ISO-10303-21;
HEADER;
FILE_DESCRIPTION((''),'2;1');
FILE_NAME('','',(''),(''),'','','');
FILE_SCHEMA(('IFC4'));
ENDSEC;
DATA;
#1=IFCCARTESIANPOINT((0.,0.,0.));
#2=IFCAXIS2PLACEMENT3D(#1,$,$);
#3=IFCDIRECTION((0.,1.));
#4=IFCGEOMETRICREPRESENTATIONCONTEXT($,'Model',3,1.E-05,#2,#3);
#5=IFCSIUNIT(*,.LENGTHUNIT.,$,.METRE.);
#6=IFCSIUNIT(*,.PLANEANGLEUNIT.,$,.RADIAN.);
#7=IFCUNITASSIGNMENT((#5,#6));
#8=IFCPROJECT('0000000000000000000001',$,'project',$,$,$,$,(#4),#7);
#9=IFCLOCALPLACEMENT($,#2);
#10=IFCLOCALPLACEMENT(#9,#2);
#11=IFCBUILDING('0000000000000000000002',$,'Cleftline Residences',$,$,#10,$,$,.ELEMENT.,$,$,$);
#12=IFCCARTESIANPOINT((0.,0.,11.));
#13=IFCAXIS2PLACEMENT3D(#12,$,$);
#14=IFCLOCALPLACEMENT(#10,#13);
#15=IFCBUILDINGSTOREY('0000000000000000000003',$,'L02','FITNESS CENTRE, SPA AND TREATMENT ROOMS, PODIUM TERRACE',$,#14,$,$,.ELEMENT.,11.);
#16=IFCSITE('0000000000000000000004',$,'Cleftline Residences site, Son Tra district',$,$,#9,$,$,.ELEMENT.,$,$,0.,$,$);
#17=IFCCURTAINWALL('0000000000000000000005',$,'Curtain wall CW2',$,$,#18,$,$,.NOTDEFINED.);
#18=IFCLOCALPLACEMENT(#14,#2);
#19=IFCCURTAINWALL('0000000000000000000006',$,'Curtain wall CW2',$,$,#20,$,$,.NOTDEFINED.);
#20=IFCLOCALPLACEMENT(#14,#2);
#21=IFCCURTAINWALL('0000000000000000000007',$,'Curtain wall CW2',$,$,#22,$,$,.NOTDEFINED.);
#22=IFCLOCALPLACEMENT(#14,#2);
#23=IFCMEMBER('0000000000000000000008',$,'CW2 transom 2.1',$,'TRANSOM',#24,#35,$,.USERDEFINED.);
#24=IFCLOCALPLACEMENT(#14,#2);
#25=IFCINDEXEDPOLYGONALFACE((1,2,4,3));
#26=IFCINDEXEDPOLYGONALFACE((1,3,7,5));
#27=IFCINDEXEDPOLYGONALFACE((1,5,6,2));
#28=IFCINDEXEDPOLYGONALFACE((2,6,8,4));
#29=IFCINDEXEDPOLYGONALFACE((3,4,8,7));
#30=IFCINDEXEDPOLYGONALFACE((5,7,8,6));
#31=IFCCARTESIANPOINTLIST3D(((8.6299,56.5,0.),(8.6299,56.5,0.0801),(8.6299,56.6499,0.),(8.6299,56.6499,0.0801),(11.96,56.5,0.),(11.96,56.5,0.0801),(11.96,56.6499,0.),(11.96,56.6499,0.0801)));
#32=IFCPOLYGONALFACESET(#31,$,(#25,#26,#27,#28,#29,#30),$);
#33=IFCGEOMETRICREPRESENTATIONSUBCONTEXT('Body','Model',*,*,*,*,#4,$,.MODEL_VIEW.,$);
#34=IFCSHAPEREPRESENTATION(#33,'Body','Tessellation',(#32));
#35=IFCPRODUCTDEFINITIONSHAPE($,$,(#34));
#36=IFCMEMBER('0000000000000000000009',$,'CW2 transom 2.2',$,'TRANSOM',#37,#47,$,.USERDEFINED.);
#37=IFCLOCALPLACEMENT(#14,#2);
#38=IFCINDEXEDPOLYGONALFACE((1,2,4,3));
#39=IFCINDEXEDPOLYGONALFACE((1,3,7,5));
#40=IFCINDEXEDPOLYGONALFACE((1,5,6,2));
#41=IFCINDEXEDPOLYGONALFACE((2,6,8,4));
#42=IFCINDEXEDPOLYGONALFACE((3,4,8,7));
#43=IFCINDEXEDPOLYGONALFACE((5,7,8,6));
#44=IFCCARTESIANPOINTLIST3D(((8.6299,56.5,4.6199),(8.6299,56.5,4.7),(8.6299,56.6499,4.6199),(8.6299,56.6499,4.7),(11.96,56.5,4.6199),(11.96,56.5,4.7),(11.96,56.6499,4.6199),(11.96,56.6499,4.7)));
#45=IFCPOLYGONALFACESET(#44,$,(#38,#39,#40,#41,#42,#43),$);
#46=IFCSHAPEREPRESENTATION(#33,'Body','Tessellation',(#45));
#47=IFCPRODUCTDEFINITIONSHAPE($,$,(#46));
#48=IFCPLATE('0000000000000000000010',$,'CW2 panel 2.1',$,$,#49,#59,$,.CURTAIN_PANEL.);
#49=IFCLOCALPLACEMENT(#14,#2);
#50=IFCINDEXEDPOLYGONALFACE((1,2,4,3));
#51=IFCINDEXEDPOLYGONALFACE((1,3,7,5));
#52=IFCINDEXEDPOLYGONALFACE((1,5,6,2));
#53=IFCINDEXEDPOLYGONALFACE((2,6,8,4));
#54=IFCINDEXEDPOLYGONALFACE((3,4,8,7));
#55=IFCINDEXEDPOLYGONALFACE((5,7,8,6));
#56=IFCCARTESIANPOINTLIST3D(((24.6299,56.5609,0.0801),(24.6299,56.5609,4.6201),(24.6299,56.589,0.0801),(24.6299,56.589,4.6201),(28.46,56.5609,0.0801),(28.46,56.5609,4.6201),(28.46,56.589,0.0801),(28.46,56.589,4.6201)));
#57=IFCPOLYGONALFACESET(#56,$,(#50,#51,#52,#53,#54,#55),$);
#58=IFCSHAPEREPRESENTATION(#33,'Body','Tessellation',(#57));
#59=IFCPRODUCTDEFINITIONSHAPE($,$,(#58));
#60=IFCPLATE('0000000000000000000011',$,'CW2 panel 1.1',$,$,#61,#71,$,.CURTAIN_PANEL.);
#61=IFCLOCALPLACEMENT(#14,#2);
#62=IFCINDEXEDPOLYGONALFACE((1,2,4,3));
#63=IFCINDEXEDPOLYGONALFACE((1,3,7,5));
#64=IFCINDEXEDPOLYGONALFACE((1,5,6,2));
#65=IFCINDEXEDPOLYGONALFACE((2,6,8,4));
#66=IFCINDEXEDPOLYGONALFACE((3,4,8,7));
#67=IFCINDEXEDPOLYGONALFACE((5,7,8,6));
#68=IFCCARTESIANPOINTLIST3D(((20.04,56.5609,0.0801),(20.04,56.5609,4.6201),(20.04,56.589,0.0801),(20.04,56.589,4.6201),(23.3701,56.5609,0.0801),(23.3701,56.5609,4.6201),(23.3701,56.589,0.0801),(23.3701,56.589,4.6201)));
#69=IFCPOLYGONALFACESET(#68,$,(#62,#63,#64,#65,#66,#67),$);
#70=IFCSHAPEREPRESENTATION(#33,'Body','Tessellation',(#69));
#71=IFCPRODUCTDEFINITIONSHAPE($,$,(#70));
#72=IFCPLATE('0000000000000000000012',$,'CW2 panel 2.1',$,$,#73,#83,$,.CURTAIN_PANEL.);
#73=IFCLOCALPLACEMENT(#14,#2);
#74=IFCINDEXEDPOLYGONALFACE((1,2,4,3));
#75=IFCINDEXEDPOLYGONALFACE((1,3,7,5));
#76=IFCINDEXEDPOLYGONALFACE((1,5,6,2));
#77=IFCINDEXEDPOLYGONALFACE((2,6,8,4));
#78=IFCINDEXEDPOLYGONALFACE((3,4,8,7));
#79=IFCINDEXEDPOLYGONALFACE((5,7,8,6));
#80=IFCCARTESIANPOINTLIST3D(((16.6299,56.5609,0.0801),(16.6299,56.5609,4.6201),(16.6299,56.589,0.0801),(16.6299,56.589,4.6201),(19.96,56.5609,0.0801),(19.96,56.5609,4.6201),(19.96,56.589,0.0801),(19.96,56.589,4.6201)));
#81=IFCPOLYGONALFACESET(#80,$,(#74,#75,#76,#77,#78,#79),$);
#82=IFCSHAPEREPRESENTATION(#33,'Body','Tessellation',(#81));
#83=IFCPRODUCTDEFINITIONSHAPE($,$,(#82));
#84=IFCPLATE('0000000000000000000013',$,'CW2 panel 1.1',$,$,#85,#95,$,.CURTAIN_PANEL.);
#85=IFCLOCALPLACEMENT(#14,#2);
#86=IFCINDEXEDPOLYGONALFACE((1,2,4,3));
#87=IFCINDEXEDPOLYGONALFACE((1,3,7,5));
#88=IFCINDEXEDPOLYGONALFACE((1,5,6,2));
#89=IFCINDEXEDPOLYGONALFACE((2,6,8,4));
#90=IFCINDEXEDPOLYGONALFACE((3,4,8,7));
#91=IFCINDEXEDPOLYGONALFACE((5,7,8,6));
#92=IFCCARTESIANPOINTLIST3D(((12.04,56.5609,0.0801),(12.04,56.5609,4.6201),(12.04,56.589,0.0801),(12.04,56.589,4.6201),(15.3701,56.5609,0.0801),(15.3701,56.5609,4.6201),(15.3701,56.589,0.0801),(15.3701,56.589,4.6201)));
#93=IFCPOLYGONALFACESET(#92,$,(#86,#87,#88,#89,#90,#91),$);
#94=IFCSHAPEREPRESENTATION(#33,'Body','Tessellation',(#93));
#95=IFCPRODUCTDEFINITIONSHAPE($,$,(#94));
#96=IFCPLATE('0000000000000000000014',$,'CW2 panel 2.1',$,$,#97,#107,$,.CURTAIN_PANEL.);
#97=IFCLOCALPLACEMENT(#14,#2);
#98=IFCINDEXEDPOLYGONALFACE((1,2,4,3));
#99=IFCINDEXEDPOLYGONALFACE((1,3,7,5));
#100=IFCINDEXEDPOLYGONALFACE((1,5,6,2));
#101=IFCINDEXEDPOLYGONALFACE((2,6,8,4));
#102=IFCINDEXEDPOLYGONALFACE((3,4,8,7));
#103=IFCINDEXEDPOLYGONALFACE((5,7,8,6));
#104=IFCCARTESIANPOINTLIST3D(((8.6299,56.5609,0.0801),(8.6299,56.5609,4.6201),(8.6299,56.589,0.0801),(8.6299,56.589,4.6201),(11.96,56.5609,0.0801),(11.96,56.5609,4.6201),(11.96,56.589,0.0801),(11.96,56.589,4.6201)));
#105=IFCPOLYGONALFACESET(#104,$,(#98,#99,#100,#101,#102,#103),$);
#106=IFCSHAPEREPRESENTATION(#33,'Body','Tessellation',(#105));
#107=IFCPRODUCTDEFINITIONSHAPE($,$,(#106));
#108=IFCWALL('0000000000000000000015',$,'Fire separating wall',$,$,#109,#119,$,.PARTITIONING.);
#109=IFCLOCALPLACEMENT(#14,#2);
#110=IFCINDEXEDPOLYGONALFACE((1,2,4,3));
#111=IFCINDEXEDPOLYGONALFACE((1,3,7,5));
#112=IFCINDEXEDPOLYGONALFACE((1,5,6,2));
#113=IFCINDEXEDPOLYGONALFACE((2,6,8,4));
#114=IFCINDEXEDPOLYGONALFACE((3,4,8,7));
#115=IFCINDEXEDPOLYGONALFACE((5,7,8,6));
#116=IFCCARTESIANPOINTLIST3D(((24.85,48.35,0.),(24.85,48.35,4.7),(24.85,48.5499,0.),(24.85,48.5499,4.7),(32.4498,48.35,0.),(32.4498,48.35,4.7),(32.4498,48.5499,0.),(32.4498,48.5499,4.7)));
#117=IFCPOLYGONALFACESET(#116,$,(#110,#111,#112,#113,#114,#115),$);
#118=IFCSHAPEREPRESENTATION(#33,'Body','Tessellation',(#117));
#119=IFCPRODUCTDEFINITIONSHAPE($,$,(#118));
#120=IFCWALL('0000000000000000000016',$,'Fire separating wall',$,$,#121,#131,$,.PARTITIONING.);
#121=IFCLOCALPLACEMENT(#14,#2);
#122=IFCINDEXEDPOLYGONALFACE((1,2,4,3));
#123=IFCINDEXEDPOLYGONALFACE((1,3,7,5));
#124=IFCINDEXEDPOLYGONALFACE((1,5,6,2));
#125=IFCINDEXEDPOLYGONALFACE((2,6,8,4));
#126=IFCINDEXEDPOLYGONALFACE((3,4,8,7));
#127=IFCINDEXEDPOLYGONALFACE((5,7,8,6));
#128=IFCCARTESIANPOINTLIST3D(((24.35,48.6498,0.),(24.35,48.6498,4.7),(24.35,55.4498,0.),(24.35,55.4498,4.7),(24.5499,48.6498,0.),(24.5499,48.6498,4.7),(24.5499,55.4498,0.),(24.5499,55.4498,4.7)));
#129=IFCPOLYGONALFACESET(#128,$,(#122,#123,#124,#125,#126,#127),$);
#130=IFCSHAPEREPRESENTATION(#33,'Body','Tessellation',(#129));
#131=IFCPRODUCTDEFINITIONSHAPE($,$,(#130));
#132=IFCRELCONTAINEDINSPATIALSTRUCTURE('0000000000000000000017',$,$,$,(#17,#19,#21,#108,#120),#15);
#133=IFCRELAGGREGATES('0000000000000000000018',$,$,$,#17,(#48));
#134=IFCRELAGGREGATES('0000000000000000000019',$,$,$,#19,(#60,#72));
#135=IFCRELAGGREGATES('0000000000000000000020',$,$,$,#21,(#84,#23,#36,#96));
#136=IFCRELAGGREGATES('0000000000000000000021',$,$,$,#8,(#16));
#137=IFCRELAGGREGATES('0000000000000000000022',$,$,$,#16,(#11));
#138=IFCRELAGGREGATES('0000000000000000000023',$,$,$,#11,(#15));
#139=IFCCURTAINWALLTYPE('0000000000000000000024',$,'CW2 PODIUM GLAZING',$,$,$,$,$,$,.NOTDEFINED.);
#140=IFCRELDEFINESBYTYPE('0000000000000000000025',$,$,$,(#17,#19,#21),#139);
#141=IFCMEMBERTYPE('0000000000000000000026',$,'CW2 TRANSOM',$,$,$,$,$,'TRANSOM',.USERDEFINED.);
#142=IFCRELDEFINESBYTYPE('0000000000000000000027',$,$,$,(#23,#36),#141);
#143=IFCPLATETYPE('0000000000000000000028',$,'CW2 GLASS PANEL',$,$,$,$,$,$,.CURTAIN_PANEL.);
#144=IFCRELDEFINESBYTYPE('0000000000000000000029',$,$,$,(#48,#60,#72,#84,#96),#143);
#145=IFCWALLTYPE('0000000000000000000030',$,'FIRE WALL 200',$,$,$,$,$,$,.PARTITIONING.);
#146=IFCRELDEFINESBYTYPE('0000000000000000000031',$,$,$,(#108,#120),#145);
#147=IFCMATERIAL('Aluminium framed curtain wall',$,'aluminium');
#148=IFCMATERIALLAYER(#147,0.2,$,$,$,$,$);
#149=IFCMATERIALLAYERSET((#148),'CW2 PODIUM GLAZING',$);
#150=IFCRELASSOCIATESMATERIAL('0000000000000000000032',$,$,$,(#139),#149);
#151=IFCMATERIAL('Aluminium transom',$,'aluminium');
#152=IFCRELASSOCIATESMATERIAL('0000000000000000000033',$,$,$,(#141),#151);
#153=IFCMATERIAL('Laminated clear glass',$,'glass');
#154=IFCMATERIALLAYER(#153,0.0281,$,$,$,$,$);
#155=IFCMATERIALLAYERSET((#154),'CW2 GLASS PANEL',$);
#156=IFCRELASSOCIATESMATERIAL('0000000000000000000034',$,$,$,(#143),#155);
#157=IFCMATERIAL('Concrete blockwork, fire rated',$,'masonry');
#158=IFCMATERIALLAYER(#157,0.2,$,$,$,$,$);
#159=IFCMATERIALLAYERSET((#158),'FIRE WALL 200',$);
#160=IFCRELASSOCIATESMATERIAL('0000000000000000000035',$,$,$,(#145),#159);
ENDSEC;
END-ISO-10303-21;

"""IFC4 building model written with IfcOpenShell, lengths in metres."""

from ifc_helpers import new_model, si_unit, direction, frame, frame_2d, origin, origin_2d, place, context, subcontext, project, spatial, rectangle, extrude, material, layer, layer_set, material_profile, profile_set, type_object, element, aggregate, save


model = new_model("IFC4")

# Units and contexts
model_context = context("Model", 3, precision=1e-05, world=origin(), true_north=direction((0.0, 1.0)))
body_context = subcontext(model_context, "Body", "Model", "MODEL_VIEW")
ifc_project = project(units=[si_unit("LENGTHUNIT", "METRE"), si_unit("PLANEANGLEUNIT", "RADIAN")], contexts=[model_context])

# Site, building, storey
site_placement = place(None, origin())
site = spatial("IfcSite", under=ifc_project, at=site_placement, Name="Cleftline Residences site, Son Tra district", CompositionType="ELEMENT", RefElevation=0.0)
building_placement = place(site_placement, origin())
building = spatial("IfcBuilding", under=site, at=building_placement, Name="Cleftline Residences", CompositionType="ELEMENT")
storey_placement = place(building_placement, frame((0.0, 0.0, 11.0)))
storey = spatial("IfcBuildingStorey", under=building, at=storey_placement, Name="L02", Description="FITNESS CENTRE, SPA AND TREATMENT ROOMS, PODIUM TERRACE", CompositionType="ELEMENT", Elevation=11.0)

# Curtain walls
ifc_material_1 = material(Name="Aluminium framed curtain wall", Category="aluminium")
ifc_layer_1 = layer(ifc_material_1, 0.2)
ifc_layer_set_1 = layer_set([ifc_layer_1], Name="CW2 PODIUM GLAZING")
curtain_wall_type = type_object("IfcCurtainWallType", Name="CW2 PODIUM GLAZING", PredefinedType="NOTDEFINED", material=ifc_layer_set_1)
curtain_wall_1_placement = place(storey_placement, origin())
curtain_wall_1 = element("IfcCurtainWall", 1, at=curtain_wall_1_placement, inside=storey, type_object=curtain_wall_type, Name="Curtain wall CW2", PredefinedType="NOTDEFINED")
curtain_wall_2_placement = place(storey_placement, origin())
curtain_wall_2 = element("IfcCurtainWall", 2, at=curtain_wall_2_placement, inside=storey, type_object=curtain_wall_type, Name="Curtain wall CW2", PredefinedType="NOTDEFINED")
curtain_wall_3_placement = place(storey_placement, origin())
curtain_wall_3 = element("IfcCurtainWall", 3, at=curtain_wall_3_placement, inside=storey, type_object=curtain_wall_type, Name="Curtain wall CW2", PredefinedType="NOTDEFINED")

# Members
ifc_material_2 = material(Name="Aluminium transom", Category="aluminium")
ifc_material_profile_1 = material_profile(ifc_material_2, rectangle(XDim=0.1499, YDim=0.0801, at=origin_2d()))
ifc_profile_set_1 = profile_set([ifc_material_profile_1], Name="Aluminium transom")
member_type_1 = type_object("IfcMemberType", Name="CW2 TRANSOM", ElementType="TRANSOM", PredefinedType="USERDEFINED", material=ifc_profile_set_1)
member_1_placement = place(storey_placement, frame((11.96, 56.575, 0.04), z_axis=(-1.0, 0.0, 0.0), x_axis=(0.0, -1.0, 0.0)))
member_1 = element("IfcMember", 4, at=member_1_placement, type_object=member_type_1, Name="CW2 transom 2.1", ObjectType="TRANSOM", PredefinedType="USERDEFINED", context=body_context, shape_type="SweptSolid", body=[
    extrude(rectangle(XDim=0.1499, YDim=0.0801, at=origin_2d()), origin(), (0.0, 0.0, 1.0), 3.3301),
])
member_2_placement = place(storey_placement, frame((11.96, 56.575, 4.6599), z_axis=(-1.0, 0.0, 0.0), x_axis=(0.0, -1.0, 0.0)))
member_2 = element("IfcMember", 5, at=member_2_placement, type_object=member_type_1, Name="CW2 transom 2.2", ObjectType="TRANSOM", PredefinedType="USERDEFINED", context=body_context, shape_type="SweptSolid", body=[
    extrude(rectangle(XDim=0.1499, YDim=0.0801, at=origin_2d()), origin(), (0.0, 0.0, 1.0), 3.3301),
])

# Plates
ifc_material_3 = material(Name="Laminated clear glass", Category="glass")
ifc_layer_2 = layer(ifc_material_3, 0.0281)
ifc_layer_set_2 = layer_set([ifc_layer_2], Name="CW2 GLASS PANEL")
plate_type = type_object("IfcPlateType", Name="CW2 GLASS PANEL", PredefinedType="CURTAIN_PANEL", material=ifc_layer_set_2)
plate_1_placement = place(storey_placement, frame((26.5449, 56.575, 0.0801), z_axis=(0.0, 0.0, 1.0), x_axis=(-1.0, 0.0, 0.0)))
plate_1 = element("IfcPlate", 6, at=plate_1_placement, type_object=plate_type, Name="CW2 panel 2.1", PredefinedType="CURTAIN_PANEL", context=body_context, shape_type="SweptSolid", body=[
    extrude(rectangle(XDim=3.8301, YDim=0.0281, at=origin_2d()), origin(), (0.0, 0.0, 1.0), 4.54),
])
aggregate(curtain_wall_1, [plate_1])
plate_2_placement = place(storey_placement, frame((21.7051, 56.575, 0.0801), z_axis=(0.0, 0.0, 1.0), x_axis=(-1.0, 0.0, 0.0)))
plate_2 = element("IfcPlate", 7, at=plate_2_placement, type_object=plate_type, Name="CW2 panel 1.1", PredefinedType="CURTAIN_PANEL", context=body_context, shape_type="SweptSolid", body=[
    extrude(rectangle(XDim=3.3301, YDim=0.0281, at=origin_2d()), origin(), (0.0, 0.0, 1.0), 4.54),
])
plate_3_placement = place(storey_placement, frame((18.2949, 56.575, 0.0801), z_axis=(0.0, 0.0, 1.0), x_axis=(-1.0, 0.0, 0.0)))
plate_3 = element("IfcPlate", 8, at=plate_3_placement, type_object=plate_type, Name="CW2 panel 2.1", PredefinedType="CURTAIN_PANEL", context=body_context, shape_type="SweptSolid", body=[
    extrude(rectangle(XDim=3.3301, YDim=0.0281, at=origin_2d()), origin(), (0.0, 0.0, 1.0), 4.54),
])
aggregate(curtain_wall_2, [plate_2, plate_3])
plate_4_placement = place(storey_placement, frame((13.7051, 56.575, 0.0801), z_axis=(0.0, 0.0, 1.0), x_axis=(-1.0, 0.0, 0.0)))
plate_4 = element("IfcPlate", 9, at=plate_4_placement, type_object=plate_type, Name="CW2 panel 1.1", PredefinedType="CURTAIN_PANEL", context=body_context, shape_type="SweptSolid", body=[
    extrude(rectangle(XDim=3.3301, YDim=0.0281, at=origin_2d()), origin(), (0.0, 0.0, 1.0), 4.54),
])
plate_5_placement = place(storey_placement, frame((10.2949, 56.575, 0.0801), z_axis=(0.0, 0.0, 1.0), x_axis=(-1.0, 0.0, 0.0)))
plate_5 = element("IfcPlate", 10, at=plate_5_placement, type_object=plate_type, Name="CW2 panel 2.1", PredefinedType="CURTAIN_PANEL", context=body_context, shape_type="SweptSolid", body=[
    extrude(rectangle(XDim=3.3301, YDim=0.0281, at=origin_2d()), origin(), (0.0, 0.0, 1.0), 4.54),
])
aggregate(curtain_wall_3, [plate_4, member_1, member_2, plate_5])

# Walls
ifc_material_4 = material(Name="Concrete blockwork, fire rated", Category="masonry")
ifc_layer_3 = layer(ifc_material_4, 0.2)
ifc_layer_set_3 = layer_set([ifc_layer_3], Name="FIRE WALL 200")
wall_type = type_object("IfcWallType", Name="FIRE WALL 200", PredefinedType="PARTITIONING", material=ifc_layer_set_3)
wall_1_placement = place(storey_placement, frame((24.8501, 48.45, 0.0), z_axis=(0.0, 0.0, 1.0), x_axis=(1.0, 0.0, 0.0)))
element("IfcWall", 11, at=wall_1_placement, inside=storey, type_object=wall_type, Name="Fire separating wall", PredefinedType="PARTITIONING", context=body_context, shape_type="SweptSolid", body=[
    extrude(rectangle(XDim=7.5999, YDim=0.2, at=frame_2d((3.7998, 0.0))), origin(), (0.0, 0.0, 1.0), 4.7),
])
wall_2_placement = place(storey_placement, frame((24.45, 48.6499, 0.0), z_axis=(0.0, 0.0, 1.0), x_axis=(0.0, 1.0, 0.0)))
element("IfcWall", 12, at=wall_2_placement, inside=storey, type_object=wall_type, Name="Fire separating wall", PredefinedType="PARTITIONING", context=body_context, shape_type="SweptSolid", body=[
    extrude(rectangle(XDim=6.8, YDim=0.2, at=frame_2d((3.3999, 0.0))), origin(), (0.0, 0.0, 1.0), 4.7),
])

save(model, "model.ifc")
